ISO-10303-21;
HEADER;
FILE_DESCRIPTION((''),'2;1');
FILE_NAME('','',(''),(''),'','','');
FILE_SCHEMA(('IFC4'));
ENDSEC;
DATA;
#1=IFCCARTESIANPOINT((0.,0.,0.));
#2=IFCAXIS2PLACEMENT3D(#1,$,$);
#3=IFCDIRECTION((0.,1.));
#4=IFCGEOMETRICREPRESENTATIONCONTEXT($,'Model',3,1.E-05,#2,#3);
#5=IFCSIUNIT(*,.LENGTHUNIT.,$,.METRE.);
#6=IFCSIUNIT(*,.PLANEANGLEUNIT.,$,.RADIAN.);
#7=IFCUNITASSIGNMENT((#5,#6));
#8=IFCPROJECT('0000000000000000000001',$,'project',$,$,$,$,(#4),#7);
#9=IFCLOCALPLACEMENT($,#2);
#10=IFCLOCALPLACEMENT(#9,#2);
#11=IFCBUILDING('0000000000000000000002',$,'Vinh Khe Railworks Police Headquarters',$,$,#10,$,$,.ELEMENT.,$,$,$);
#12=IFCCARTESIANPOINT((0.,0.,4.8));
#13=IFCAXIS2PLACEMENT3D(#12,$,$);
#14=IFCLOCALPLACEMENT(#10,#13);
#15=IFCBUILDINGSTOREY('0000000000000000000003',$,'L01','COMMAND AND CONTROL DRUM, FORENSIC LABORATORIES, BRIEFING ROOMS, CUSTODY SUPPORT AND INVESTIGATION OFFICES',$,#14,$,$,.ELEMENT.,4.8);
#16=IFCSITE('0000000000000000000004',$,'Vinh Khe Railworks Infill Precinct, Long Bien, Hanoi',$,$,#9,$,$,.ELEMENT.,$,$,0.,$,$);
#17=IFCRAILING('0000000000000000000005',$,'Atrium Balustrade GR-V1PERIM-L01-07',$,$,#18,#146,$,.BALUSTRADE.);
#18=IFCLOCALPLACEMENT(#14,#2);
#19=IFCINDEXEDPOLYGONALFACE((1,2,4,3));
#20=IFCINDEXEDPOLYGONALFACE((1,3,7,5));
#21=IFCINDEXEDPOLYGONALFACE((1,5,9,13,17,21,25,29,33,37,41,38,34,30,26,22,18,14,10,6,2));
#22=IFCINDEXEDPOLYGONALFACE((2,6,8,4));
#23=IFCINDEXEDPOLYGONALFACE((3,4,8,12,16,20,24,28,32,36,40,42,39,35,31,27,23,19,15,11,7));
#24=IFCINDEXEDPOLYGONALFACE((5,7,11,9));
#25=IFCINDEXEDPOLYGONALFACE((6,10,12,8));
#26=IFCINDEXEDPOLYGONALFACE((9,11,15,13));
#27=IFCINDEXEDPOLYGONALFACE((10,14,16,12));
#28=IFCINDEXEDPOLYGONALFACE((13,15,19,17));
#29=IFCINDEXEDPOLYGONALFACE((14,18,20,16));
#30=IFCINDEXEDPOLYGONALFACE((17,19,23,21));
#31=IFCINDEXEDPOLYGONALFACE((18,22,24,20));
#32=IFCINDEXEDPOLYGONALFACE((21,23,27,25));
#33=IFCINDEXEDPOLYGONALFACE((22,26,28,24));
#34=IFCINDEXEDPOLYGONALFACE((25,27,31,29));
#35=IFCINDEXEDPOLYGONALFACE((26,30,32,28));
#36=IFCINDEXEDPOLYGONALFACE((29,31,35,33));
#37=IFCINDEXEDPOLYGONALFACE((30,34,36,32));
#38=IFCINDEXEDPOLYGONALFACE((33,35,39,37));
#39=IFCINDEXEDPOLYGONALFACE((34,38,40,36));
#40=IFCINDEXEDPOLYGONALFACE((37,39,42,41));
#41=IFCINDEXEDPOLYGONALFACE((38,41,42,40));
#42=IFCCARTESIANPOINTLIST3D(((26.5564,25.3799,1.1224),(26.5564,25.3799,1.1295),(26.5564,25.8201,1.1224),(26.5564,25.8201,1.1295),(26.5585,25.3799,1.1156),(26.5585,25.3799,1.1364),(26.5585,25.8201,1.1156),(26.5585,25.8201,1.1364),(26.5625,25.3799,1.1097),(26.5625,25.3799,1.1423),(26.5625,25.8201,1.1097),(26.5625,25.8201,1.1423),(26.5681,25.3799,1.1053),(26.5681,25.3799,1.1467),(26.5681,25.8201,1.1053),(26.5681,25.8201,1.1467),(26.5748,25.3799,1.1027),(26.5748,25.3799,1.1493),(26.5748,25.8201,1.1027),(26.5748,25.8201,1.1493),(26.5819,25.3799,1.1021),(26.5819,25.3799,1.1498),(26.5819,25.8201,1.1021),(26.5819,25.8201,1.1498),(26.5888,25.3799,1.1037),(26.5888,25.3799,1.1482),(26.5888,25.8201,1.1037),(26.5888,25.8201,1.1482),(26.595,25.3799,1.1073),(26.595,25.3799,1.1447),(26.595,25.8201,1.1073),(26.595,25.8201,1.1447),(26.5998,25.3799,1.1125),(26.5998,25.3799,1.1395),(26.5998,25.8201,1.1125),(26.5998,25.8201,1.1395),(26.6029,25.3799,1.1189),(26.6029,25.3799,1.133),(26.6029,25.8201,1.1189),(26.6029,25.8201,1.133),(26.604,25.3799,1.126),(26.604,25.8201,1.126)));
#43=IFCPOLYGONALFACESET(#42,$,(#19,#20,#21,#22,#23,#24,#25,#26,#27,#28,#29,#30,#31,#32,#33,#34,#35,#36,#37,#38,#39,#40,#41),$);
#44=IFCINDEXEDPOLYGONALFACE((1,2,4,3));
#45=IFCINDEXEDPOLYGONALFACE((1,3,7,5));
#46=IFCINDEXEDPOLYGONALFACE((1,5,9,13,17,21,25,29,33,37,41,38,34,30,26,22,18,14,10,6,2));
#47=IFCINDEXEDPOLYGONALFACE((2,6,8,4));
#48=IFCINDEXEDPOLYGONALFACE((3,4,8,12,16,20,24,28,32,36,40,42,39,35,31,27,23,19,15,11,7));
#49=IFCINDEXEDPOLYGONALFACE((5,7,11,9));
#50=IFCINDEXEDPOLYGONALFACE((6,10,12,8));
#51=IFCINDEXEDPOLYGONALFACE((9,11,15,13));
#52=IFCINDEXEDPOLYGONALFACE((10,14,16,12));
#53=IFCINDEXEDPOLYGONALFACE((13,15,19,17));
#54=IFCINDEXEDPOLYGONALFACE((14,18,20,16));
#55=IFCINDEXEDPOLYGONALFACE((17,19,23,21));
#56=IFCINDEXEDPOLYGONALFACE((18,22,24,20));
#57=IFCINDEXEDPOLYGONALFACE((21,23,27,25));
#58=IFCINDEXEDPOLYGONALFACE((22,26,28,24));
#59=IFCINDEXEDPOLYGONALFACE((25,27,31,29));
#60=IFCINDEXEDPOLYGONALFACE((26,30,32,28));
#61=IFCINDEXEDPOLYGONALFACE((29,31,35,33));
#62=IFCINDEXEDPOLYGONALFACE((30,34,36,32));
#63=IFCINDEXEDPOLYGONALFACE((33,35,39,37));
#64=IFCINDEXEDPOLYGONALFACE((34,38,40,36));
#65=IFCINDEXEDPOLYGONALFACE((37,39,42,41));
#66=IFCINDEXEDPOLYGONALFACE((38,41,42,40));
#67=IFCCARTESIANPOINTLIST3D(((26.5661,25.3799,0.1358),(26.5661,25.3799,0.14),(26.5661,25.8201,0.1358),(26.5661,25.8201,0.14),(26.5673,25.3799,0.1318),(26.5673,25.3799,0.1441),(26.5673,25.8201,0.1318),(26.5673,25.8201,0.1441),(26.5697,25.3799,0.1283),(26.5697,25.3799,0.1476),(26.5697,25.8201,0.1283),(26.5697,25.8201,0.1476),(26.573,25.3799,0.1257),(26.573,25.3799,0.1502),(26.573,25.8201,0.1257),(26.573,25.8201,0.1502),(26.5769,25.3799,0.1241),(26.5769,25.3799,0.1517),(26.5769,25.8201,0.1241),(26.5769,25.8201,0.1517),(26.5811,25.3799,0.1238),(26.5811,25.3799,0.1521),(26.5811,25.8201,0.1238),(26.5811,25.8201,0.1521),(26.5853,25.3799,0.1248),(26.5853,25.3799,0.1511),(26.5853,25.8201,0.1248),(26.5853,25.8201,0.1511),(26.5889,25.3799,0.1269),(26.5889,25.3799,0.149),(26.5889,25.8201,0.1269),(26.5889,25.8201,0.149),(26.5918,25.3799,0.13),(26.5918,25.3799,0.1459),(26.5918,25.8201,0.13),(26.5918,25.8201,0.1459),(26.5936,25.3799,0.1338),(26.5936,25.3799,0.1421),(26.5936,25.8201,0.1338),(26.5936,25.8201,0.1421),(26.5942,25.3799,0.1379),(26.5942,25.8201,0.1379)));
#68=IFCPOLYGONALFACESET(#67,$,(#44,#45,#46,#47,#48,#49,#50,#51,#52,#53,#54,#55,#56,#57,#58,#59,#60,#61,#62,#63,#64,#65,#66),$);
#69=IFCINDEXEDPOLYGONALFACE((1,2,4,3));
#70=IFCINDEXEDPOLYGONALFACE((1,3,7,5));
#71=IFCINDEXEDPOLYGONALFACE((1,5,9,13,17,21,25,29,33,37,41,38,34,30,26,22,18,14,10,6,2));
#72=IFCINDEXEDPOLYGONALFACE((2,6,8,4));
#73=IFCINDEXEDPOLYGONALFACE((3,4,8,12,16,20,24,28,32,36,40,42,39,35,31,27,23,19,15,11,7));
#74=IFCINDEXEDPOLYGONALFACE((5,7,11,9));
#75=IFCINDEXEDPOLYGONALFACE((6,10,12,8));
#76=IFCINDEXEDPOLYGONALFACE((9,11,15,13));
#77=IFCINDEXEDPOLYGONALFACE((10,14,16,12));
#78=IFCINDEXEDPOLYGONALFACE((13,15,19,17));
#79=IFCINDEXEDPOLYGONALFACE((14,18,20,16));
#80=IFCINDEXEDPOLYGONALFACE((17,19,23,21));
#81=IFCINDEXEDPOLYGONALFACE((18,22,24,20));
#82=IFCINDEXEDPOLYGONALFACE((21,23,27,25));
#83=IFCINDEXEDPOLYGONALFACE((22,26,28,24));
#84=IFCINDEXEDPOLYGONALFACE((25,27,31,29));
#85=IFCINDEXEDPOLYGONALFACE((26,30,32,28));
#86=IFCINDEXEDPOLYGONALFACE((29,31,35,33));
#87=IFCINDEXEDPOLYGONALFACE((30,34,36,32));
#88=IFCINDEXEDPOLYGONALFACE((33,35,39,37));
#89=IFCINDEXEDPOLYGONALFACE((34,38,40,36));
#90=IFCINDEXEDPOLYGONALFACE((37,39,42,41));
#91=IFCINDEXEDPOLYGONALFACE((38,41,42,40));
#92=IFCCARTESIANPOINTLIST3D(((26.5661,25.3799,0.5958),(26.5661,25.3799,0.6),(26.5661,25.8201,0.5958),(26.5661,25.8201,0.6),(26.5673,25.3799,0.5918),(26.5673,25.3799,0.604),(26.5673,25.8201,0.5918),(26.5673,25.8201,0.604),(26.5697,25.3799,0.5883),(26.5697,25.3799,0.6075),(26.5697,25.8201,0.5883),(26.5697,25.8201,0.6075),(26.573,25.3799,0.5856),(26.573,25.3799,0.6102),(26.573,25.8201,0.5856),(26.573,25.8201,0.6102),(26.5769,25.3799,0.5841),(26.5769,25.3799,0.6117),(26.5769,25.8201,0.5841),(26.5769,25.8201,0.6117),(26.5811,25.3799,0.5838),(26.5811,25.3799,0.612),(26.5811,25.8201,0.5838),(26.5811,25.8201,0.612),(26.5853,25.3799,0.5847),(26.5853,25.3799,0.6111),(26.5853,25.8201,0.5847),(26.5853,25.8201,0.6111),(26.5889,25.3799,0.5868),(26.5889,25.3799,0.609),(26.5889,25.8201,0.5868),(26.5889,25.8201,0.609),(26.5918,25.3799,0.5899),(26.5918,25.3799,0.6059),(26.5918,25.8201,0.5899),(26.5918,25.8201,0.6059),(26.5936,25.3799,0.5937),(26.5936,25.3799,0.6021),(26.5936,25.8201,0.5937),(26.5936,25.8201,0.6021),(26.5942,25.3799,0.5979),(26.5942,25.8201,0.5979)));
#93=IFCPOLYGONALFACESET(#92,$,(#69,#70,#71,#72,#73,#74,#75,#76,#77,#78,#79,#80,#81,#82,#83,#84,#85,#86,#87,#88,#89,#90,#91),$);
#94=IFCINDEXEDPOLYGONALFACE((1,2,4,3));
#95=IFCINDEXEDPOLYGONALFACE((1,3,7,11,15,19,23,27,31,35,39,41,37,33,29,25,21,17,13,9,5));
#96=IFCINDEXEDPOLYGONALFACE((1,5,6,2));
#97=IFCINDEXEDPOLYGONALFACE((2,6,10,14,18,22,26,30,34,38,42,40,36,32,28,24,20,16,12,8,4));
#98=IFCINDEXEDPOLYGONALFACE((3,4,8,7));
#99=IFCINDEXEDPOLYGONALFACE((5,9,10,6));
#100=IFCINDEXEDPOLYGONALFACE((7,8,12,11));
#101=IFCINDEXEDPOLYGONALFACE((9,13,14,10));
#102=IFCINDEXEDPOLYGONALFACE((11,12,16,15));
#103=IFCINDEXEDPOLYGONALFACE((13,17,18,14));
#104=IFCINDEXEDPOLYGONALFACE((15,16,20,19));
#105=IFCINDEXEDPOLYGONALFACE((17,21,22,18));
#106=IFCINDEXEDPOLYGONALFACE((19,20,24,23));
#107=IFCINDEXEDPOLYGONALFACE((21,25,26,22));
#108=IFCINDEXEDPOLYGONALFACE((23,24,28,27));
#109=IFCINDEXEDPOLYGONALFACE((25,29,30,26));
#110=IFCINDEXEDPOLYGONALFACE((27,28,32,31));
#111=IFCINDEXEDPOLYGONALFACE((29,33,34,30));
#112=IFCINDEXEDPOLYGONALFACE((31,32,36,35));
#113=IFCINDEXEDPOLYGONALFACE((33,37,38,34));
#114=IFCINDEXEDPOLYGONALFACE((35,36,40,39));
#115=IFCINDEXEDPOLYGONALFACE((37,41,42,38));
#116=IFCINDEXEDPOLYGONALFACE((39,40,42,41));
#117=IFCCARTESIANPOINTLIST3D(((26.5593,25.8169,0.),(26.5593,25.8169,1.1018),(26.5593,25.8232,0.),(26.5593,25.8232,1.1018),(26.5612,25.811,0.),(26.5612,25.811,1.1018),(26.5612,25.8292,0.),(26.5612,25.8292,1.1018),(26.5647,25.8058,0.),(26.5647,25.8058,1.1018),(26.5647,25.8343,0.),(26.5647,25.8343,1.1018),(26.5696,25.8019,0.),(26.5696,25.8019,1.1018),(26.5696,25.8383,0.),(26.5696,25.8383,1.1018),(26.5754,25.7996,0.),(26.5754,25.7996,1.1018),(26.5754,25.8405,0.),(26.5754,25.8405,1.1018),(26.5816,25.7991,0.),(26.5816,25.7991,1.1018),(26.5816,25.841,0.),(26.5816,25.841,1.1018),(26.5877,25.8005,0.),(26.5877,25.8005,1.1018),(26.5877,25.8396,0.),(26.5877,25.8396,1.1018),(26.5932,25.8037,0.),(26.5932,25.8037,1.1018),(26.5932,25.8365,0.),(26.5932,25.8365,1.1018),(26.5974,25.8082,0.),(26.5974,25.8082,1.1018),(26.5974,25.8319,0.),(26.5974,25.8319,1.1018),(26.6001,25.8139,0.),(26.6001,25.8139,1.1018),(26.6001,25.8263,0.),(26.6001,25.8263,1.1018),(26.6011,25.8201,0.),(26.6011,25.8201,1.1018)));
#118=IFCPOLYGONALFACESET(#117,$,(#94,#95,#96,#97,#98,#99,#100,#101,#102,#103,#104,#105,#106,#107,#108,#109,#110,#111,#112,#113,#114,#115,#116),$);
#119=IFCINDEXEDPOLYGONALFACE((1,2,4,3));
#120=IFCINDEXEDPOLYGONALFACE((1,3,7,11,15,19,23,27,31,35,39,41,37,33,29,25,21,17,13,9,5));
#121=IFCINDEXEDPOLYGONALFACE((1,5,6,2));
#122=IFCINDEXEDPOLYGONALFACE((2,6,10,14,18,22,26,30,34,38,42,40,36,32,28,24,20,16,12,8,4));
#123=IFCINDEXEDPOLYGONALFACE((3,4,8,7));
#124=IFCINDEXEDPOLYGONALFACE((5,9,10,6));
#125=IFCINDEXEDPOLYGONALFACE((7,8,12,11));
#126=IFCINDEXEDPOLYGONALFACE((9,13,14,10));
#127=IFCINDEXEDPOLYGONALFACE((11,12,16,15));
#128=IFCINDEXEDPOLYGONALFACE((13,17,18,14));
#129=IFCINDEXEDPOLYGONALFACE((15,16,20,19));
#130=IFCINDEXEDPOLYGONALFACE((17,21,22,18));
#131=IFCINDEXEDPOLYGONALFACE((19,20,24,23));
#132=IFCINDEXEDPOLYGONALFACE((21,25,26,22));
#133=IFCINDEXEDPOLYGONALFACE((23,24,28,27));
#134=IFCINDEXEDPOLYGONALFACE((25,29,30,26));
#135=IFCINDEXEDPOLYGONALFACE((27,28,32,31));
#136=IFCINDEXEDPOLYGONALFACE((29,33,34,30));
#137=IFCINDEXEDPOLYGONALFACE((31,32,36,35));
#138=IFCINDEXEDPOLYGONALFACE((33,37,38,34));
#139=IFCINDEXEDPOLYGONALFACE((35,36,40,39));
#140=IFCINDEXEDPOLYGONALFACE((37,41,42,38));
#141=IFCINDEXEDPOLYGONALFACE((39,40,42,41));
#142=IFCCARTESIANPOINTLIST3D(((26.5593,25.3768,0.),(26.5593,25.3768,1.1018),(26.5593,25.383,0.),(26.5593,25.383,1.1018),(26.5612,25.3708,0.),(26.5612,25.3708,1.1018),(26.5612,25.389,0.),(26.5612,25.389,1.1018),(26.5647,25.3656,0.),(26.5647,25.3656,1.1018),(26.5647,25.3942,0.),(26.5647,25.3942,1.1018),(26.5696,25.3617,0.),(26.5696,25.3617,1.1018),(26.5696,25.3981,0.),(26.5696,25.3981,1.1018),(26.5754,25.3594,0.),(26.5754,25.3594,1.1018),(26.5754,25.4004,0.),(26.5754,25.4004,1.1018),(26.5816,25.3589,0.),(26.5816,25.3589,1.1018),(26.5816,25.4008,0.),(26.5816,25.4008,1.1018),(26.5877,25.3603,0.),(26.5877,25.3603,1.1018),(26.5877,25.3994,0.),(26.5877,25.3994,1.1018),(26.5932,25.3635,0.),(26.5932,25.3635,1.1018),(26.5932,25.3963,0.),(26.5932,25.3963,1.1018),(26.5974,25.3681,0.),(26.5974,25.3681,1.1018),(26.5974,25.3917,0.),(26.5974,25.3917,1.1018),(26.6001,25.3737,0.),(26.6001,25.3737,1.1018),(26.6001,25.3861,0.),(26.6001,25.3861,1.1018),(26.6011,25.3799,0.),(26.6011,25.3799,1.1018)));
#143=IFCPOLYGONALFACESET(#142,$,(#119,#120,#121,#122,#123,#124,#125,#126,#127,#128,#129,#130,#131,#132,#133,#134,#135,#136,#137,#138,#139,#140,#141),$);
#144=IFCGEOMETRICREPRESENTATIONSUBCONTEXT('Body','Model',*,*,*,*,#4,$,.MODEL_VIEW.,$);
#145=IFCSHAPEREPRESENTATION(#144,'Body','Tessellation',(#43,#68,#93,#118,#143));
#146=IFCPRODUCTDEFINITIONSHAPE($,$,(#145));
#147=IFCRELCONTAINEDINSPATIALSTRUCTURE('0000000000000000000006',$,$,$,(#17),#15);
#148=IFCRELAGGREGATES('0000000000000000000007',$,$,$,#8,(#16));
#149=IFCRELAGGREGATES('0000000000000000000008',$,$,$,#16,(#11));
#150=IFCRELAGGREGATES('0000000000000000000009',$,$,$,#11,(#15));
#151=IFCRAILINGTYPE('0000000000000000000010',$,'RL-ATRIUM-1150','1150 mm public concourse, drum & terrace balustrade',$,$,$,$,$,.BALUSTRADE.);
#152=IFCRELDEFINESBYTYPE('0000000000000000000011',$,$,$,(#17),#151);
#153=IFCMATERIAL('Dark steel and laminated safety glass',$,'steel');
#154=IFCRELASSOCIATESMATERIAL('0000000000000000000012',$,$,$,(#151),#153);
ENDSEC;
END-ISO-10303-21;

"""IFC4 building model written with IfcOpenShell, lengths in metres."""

from ifc_helpers import new_model, si_unit, direction, frame, origin, origin_2d, place, context, subcontext, project, spatial, circle, extrude, material, type_object, element, save


model = new_model("IFC4")

# Units and contexts
model_context = context("Model", 3, precision=1e-05, world=origin(), true_north=direction((0.0, 1.0)))
body_context = subcontext(model_context, "Body", "Model", "MODEL_VIEW")
ifc_project = project(units=[si_unit("LENGTHUNIT", "METRE"), si_unit("PLANEANGLEUNIT", "RADIAN")], contexts=[model_context])

# Site, building, storey
site_placement = place(None, origin())
site = spatial("IfcSite", under=ifc_project, at=site_placement, Name="Vinh Khe Railworks Infill Precinct, Long Bien, Hanoi", CompositionType="ELEMENT", RefElevation=0.0)
building_placement = place(site_placement, origin())
building = spatial("IfcBuilding", under=site, at=building_placement, Name="Vinh Khe Railworks Police Headquarters", CompositionType="ELEMENT")
storey_placement = place(building_placement, frame((0.0, 0.0, 4.8)))
storey = spatial("IfcBuildingStorey", under=building, at=storey_placement, Name="L01", Description="COMMAND AND CONTROL DRUM, FORENSIC LABORATORIES, BRIEFING ROOMS, CUSTODY SUPPORT AND INVESTIGATION OFFICES", CompositionType="ELEMENT", Elevation=4.8)

# Railing
ifc_material_1 = material(Name="Dark steel and laminated safety glass", Category="steel")
railing_type = type_object("IfcRailingType", Name="RL-ATRIUM-1150", Description="1150 mm public concourse, drum & terrace balustrade", PredefinedType="BALUSTRADE", material=ifc_material_1)
railing_1_placement = place(storey_placement, frame((26.5801, 25.8201, 0.0)))
element("IfcRailing", 1, at=railing_1_placement, inside=storey, type_object=railing_type, Name="Atrium Balustrade GR-V1PERIM-L01-07", PredefinedType="BALUSTRADE", context=body_context, shape_type="SweptSolid", body=[
    extrude(circle(Radius=0.0239, at=origin_2d()), frame((0.0, 0.0, 1.126), z_axis=(0.0, -1.0, 0.0), x_axis=(1.0, 0.0, 0.0)), (0.0, 0.0, 1.0), 0.4402),
    extrude(circle(Radius=0.0142, at=origin_2d()), frame((0.0, 0.0, 0.1379), z_axis=(0.0, -1.0, 0.0), x_axis=(1.0, 0.0, 0.0)), (0.0, 0.0, 1.0), 0.4402),
    extrude(circle(Radius=0.0142, at=origin_2d()), frame((0.0, 0.0, 0.5979), z_axis=(0.0, -1.0, 0.0), x_axis=(1.0, 0.0, 0.0)), (0.0, 0.0, 1.0), 0.4402),
    extrude(circle(Radius=0.021, at=origin_2d()), origin(), (0.0, 0.0, 1.0), 1.1018),
    extrude(circle(Radius=0.021, at=origin_2d()), frame((0.0, -0.4402, 0.0)), (0.0, 0.0, 1.0), 1.1018),
])

save(model, "model.ifc")
